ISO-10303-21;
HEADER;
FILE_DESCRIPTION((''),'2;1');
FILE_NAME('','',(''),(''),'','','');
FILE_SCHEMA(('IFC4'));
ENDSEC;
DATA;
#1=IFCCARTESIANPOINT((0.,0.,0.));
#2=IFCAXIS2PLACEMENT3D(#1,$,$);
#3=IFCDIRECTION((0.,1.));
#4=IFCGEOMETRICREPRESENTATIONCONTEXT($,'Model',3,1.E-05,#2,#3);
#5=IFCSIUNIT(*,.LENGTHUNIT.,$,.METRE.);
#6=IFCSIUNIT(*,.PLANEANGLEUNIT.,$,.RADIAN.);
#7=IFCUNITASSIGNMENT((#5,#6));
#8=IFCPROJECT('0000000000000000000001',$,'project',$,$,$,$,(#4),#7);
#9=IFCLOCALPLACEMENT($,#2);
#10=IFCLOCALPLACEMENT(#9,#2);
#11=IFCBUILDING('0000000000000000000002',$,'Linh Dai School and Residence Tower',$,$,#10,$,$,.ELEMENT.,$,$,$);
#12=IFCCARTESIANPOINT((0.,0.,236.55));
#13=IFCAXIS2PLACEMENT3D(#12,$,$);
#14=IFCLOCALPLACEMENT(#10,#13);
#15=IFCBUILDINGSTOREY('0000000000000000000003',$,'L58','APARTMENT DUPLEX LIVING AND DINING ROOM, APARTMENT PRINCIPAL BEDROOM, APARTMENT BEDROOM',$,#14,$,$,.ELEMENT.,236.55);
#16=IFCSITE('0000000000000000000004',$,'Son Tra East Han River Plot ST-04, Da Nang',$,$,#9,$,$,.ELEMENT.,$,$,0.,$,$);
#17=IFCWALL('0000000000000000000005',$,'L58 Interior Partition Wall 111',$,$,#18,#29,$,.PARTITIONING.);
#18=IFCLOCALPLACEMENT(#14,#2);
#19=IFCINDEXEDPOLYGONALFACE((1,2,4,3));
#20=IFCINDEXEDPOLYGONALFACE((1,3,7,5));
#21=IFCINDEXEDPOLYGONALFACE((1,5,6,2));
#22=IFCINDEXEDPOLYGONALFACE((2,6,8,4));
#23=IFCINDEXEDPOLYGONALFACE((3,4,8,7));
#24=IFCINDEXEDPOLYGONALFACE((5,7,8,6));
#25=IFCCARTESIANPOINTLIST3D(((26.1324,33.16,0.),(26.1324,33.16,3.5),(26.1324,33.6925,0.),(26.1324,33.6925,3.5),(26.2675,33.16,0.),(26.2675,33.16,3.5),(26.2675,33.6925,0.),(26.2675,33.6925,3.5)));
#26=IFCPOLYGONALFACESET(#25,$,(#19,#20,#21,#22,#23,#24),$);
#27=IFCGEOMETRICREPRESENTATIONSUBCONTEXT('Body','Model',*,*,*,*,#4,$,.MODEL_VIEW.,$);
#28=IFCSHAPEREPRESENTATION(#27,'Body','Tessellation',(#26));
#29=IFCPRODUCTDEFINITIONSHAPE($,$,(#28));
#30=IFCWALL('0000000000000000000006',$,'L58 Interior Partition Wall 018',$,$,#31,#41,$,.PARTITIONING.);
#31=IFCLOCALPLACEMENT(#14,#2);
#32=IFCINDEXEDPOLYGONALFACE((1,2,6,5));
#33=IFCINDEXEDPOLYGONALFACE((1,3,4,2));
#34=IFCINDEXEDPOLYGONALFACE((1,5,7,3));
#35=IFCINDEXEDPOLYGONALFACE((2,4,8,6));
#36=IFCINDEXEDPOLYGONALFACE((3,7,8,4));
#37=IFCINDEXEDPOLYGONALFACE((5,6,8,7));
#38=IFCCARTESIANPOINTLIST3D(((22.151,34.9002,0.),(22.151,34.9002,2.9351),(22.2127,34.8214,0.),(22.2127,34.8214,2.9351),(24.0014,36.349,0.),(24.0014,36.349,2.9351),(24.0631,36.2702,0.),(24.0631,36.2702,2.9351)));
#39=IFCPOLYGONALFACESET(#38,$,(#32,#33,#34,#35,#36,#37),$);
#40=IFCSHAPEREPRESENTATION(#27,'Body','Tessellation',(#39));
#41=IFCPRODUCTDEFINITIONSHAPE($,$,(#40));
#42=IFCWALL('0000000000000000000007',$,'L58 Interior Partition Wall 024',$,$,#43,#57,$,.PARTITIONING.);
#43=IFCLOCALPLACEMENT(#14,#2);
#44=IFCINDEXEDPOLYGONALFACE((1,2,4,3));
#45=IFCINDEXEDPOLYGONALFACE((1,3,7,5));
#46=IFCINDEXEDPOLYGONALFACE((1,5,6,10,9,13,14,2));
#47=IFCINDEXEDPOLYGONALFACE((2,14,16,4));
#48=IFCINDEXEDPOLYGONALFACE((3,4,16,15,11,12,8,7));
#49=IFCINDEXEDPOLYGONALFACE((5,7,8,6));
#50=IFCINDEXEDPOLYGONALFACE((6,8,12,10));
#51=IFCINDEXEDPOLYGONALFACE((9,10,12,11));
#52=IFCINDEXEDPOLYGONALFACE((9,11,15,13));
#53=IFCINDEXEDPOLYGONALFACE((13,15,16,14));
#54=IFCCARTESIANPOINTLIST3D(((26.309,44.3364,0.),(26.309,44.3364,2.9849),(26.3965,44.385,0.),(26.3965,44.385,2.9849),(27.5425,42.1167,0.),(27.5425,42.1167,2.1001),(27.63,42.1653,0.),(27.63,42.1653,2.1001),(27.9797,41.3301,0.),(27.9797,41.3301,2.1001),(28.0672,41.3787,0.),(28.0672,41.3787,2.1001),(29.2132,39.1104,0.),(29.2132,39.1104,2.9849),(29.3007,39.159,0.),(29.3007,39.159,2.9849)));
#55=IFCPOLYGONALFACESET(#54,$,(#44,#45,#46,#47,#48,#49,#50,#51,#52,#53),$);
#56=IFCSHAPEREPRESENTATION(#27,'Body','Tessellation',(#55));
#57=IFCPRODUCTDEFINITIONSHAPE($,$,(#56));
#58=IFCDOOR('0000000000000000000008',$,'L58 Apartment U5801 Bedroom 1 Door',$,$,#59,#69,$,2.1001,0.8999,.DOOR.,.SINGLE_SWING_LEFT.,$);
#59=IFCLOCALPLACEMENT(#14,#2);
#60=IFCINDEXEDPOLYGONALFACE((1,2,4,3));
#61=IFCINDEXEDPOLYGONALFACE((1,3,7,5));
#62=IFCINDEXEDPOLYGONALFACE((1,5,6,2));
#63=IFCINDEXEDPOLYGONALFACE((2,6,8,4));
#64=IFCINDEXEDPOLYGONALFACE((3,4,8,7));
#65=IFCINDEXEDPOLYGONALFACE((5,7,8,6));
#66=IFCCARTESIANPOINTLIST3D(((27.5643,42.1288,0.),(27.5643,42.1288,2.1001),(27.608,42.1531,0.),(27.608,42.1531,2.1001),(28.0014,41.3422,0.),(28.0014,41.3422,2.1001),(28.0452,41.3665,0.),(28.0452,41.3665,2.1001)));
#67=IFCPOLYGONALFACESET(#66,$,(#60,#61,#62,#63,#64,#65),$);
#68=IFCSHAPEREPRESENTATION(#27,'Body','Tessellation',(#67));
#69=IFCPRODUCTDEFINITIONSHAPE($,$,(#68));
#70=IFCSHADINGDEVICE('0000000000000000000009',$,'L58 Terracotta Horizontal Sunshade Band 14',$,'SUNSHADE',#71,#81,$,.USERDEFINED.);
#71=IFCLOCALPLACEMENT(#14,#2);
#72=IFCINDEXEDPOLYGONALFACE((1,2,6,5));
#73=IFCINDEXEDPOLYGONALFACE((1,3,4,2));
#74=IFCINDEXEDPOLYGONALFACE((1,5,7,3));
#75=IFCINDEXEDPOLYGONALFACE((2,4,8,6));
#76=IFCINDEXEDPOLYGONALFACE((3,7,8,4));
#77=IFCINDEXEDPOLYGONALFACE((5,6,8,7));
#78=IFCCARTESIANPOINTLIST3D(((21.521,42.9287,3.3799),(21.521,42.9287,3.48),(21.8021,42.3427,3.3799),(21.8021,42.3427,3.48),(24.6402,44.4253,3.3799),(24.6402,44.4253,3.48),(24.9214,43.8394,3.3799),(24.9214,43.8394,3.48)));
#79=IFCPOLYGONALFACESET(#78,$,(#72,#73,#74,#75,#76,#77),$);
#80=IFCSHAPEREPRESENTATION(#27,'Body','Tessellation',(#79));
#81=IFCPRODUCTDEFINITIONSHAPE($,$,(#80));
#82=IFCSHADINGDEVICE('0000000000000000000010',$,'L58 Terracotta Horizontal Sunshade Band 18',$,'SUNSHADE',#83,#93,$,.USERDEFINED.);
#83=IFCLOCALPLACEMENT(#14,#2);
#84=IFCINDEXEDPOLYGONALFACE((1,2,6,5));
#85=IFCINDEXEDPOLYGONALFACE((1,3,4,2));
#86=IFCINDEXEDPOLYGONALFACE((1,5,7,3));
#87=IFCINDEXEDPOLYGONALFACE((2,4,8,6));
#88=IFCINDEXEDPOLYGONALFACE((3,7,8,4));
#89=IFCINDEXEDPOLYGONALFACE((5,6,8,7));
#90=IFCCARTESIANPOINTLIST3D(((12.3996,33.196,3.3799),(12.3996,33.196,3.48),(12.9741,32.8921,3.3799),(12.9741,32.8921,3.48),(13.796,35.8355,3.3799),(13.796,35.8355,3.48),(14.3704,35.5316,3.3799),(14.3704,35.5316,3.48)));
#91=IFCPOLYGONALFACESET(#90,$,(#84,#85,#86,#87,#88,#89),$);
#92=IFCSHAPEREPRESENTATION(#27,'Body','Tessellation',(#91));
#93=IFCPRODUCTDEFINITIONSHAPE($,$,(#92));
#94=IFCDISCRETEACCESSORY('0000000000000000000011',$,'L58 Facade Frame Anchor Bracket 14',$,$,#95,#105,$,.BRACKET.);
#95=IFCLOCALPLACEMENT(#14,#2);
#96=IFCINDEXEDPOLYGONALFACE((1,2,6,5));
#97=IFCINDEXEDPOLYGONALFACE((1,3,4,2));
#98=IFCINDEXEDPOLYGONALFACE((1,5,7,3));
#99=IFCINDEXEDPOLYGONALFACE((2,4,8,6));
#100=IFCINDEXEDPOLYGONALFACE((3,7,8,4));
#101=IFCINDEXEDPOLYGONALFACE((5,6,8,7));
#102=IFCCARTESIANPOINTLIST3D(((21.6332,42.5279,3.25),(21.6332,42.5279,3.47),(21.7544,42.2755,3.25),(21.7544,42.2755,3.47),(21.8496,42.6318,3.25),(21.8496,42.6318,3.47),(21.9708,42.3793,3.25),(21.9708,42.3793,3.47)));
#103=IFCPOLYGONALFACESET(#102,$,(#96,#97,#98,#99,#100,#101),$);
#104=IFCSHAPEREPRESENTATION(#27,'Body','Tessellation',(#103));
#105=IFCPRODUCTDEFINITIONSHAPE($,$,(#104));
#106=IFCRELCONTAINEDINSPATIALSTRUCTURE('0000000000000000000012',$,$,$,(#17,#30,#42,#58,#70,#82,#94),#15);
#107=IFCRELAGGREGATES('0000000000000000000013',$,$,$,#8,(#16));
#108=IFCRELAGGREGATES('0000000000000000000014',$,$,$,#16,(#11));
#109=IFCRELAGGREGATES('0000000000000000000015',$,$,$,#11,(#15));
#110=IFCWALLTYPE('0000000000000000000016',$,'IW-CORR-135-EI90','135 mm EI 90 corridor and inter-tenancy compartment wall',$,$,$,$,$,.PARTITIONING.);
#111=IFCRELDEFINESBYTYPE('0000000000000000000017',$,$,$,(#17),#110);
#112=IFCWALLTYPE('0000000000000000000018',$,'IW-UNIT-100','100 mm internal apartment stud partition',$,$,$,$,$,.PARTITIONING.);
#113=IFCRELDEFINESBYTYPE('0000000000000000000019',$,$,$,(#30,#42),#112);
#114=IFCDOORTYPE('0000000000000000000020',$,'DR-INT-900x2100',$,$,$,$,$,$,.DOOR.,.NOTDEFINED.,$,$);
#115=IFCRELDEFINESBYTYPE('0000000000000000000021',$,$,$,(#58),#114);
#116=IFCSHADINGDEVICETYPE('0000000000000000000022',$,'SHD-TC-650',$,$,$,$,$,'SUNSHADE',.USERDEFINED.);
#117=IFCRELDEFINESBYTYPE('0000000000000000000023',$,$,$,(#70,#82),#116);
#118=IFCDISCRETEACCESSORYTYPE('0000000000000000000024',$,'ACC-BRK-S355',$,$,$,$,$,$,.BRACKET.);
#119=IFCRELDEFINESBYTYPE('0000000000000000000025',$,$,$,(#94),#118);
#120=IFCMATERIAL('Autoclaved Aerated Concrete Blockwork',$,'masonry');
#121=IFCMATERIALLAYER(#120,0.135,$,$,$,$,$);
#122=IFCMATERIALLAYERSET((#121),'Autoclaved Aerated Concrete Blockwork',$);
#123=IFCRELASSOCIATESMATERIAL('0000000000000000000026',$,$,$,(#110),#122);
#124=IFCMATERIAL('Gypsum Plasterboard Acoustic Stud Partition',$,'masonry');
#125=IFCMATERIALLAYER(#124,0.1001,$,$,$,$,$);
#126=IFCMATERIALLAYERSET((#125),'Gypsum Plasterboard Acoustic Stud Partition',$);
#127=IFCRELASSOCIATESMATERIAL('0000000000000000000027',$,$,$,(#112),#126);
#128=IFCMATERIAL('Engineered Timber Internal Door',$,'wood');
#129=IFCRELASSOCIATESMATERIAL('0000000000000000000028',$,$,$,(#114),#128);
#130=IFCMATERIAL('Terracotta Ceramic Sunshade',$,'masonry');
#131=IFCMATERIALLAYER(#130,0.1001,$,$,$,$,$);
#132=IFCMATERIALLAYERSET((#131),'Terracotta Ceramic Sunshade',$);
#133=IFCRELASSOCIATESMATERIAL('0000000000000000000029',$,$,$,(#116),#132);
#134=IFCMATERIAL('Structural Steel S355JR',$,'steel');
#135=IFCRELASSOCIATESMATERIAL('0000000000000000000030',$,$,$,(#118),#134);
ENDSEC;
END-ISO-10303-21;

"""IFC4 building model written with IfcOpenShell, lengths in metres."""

from ifc_helpers import new_model, si_unit, direction, frame, frame_2d, origin, origin_2d, place, context, subcontext, project, spatial, rectangle, extrude, source, transform, mapped, material, layer, layer_set, type_object, element, fill, save


model = new_model("IFC4")

# Units and contexts
model_context = context("Model", 3, precision=1e-05, world=origin(), true_north=direction((0.0, 1.0)))
body_context = subcontext(model_context, "Body", "Model", "MODEL_VIEW")
ifc_project = project(units=[si_unit("LENGTHUNIT", "METRE"), si_unit("PLANEANGLEUNIT", "RADIAN")], contexts=[model_context])

# Site, building, storey
site_placement = place(None, origin())
site = spatial("IfcSite", under=ifc_project, at=site_placement, Name="Son Tra East Han River Plot ST-04, Da Nang", CompositionType="ELEMENT", RefElevation=0.0)
building_placement = place(site_placement, origin())
building = spatial("IfcBuilding", under=site, at=building_placement, Name="Linh Dai School and Residence Tower", CompositionType="ELEMENT")
storey_placement = place(building_placement, frame((0.0, 0.0, 236.55)))
storey = spatial("IfcBuildingStorey", under=building, at=storey_placement, Name="L58", Description="APARTMENT DUPLEX LIVING AND DINING ROOM, APARTMENT PRINCIPAL BEDROOM, APARTMENT BEDROOM", CompositionType="ELEMENT", Elevation=236.55)

# Shared definitions
ifc_material_1 = material(Name="Structural Steel S355JR", Category="steel")

# Shared definitions
ifc_material_2 = material(Name="Autoclaved Aerated Concrete Blockwork", Category="masonry")
ifc_layer_1 = layer(ifc_material_2, 0.135)
ifc_layer_set_1 = layer_set([ifc_layer_1], Name="Autoclaved Aerated Concrete Blockwork")
wall_type_1 = type_object("IfcWallType", Name="IW-CORR-135-EI90", Description="135 mm EI 90 corridor and inter-tenancy compartment wall", PredefinedType="PARTITIONING", material=ifc_layer_set_1)

# Walls
wall_1_placement = place(storey_placement, frame((26.2, 33.6924, 0.0), z_axis=(0.0, 0.0, 1.0), x_axis=(0.0, -1.0, 0.0)))
element("IfcWall", 1, at=wall_1_placement, inside=storey, type_object=wall_type_1, Name="L58 Interior Partition Wall 111", PredefinedType="PARTITIONING", context=body_context, shape_type="SweptSolid", body=[
    extrude(rectangle(XDim=0.5325, YDim=0.135, at=frame_2d((0.2661, 0.0))), origin(), (0.0, 0.0, 1.0), 3.5),
])
ifc_material_3 = material(Name="Gypsum Plasterboard Acoustic Stud Partition", Category="masonry")
ifc_layer_2 = layer(ifc_material_3, 0.1001)
ifc_layer_set_2 = layer_set([ifc_layer_2], Name="Gypsum Plasterboard Acoustic Stud Partition")
wall_type_2 = type_object("IfcWallType", Name="IW-UNIT-100", Description="100 mm internal apartment stud partition", PredefinedType="PARTITIONING", material=ifc_layer_set_2)
wall_2_placement = place(storey_placement, frame((22.1819, 34.8608, 0.0), z_axis=(0.0, 0.0, 1.0), x_axis=(0.787373, 0.616476, 0.0)))
element("IfcWall", 2, at=wall_2_placement, inside=storey, type_object=wall_type_2, Name="L58 Interior Partition Wall 018", PredefinedType="PARTITIONING", context=body_context, shape_type="SweptSolid", body=[
    extrude(rectangle(XDim=2.3501, YDim=0.1001, at=frame_2d((1.175, 0.0))), origin(), (0.0, 0.0, 1.0), 2.9351),
])

# Wall, opening, door
wall_3_placement = place(storey_placement, frame((26.3528, 44.3606, 0.0), z_axis=(0.0, 0.0, 1.0), x_axis=(0.485761, -0.874092, 0.0)))
wall_3 = element("IfcWall", 3, at=wall_3_placement, inside=storey, type_object=wall_type_2, Name="L58 Interior Partition Wall 024", PredefinedType="PARTITIONING", context=body_context, shape_type="SweptSolid", body=[
    extrude(rectangle(XDim=5.9788, YDim=0.1001, at=frame_2d((2.9893, 0.0))), origin(), (0.0, 0.0, 1.0), 2.9849),
])
opening_1_placement = place(wall_3_placement, frame((2.5393, 0.0, 0.0)))
opening_1 = element("IfcOpeningElement", 4, at=opening_1_placement, cuts=wall_3, PredefinedType="OPENING", context=body_context, shape_type="SweptSolid", body=[
    extrude(rectangle(XDim=0.8999, YDim=2.1001, at=origin_2d()), frame((0.45, 0.0601, 1.05), z_axis=(0.0, -1.0, 0.0), x_axis=(1.0, 0.0, 0.0)), (0.0, 0.0, 1.0), 0.1201),
])
ifc_material_4 = material(Name="Engineered Timber Internal Door", Category="wood")
door_type_1 = type_object("IfcDoorType", Name="DR-INT-900x2100", OperationType="NOTDEFINED", PredefinedType="DOOR", material=ifc_material_4)
shared_shape_1 = source(origin(), body_context, "Body", "SweptSolid", [
    extrude(rectangle(XDim=0.8999, YDim=2.1001, at=origin_2d()), frame((0.45, 0.0249, 1.05), z_axis=(0.0, -1.0, 0.0), x_axis=(1.0, 0.0, 0.0)), (0.0, 0.0, 1.0), 0.05),
])
door_1_placement = place(opening_1_placement, origin())
door_1 = element("IfcDoor", 5, at=door_1_placement, inside=storey, type_object=door_type_1, Name="L58 Apartment U5801 Bedroom 1 Door", OperationType="SINGLE_SWING_LEFT", OverallHeight=2.1001, OverallWidth=0.8999, PredefinedType="DOOR", context=body_context, shape_type="MappedRepresentation", body=[
    mapped(shared_shape_1, transform((0.0, 0.0, 0.0), x_axis=(1.0, 0.0, 0.0), y_axis=(0.0, 1.0, 0.0), z_axis=(0.0, 0.0, 1.0), scale=1.0)),
])
fill(opening_1, door_1)

# Shading devices
ifc_material_5 = material(Name="Terracotta Ceramic Sunshade", Category="masonry")
ifc_layer_3 = layer(ifc_material_5, 0.1001)
ifc_layer_set_3 = layer_set([ifc_layer_3], Name="Terracotta Ceramic Sunshade")
shading_device_type = type_object("IfcShadingDeviceType", Name="SHD-TC-650", ElementType="SUNSHADE", PredefinedType="USERDEFINED", material=ifc_layer_set_3)
shared_shape_2 = source(origin(), body_context, "Body", "SweptSolid", [
    extrude(rectangle(XDim=3.4597, YDim=0.6499, at=origin_2d()), origin(), (0.0, 0.0, 1.0), 0.1001),
])
shading_device_1_placement = place(storey_placement, frame((23.2212, 43.384, 3.3799), z_axis=(0.0, 0.0, 1.0), x_axis=(0.901589, 0.432594, 0.0)))
element("IfcShadingDevice", 6, at=shading_device_1_placement, inside=storey, type_object=shading_device_type, Name="L58 Terracotta Horizontal Sunshade Band 14", ObjectType="SUNSHADE", PredefinedType="USERDEFINED", context=body_context, shape_type="MappedRepresentation", body=[
    mapped(shared_shape_2, transform((0.0, 0.0, 0.0), x_axis=(1.0, 0.0, 0.0), y_axis=(0.0, 1.0, 0.0), z_axis=(0.0, 0.0, 1.0), scale=1.0)),
])
shared_shape_3 = source(origin(), body_context, "Body", "SweptSolid", [
    extrude(rectangle(XDim=2.9861, YDim=0.6499, at=origin_2d()), origin(), (0.0, 0.0, 1.0), 0.1001),
])
shading_device_2_placement = place(storey_placement, frame((13.385, 34.3638, 3.3799), z_axis=(0.0, 0.0, 1.0), x_axis=(0.467621, 0.883929, 0.0)))
element("IfcShadingDevice", 7, at=shading_device_2_placement, inside=storey, type_object=shading_device_type, Name="L58 Terracotta Horizontal Sunshade Band 18", ObjectType="SUNSHADE", PredefinedType="USERDEFINED", context=body_context, shape_type="MappedRepresentation", body=[
    mapped(shared_shape_3, transform((0.0, 0.0, 0.0), x_axis=(1.0, 0.0, 0.0), y_axis=(0.0, 1.0, 0.0), z_axis=(0.0, 0.0, 1.0), scale=1.0)),
])

# Discrete accessory
discrete_accessory_type = type_object("IfcDiscreteAccessoryType", Name="ACC-BRK-S355", PredefinedType="BRACKET", material=ifc_material_1)
shared_shape_4 = source(origin(), body_context, "Body", "SweptSolid", [
    extrude(rectangle(XDim=0.28, YDim=0.24, at=origin_2d()), origin(), (0.0, 0.0, 1.0), 0.22),
])
discrete_accessory_placement = place(storey_placement, frame((21.802, 42.4536, 3.25), z_axis=(0.0, 0.0, 1.0), x_axis=(-0.432594, 0.901589, 0.0)))
element("IfcDiscreteAccessory", 8, at=discrete_accessory_placement, inside=storey, type_object=discrete_accessory_type, Name="L58 Facade Frame Anchor Bracket 14", PredefinedType="BRACKET", context=body_context, shape_type="MappedRepresentation", body=[
    mapped(shared_shape_4, transform((0.0, 0.0, 0.0), x_axis=(1.0, 0.0, 0.0), y_axis=(0.0, 1.0, 0.0), z_axis=(0.0, 0.0, 1.0), scale=1.0)),
])

save(model, "model.ifc")
